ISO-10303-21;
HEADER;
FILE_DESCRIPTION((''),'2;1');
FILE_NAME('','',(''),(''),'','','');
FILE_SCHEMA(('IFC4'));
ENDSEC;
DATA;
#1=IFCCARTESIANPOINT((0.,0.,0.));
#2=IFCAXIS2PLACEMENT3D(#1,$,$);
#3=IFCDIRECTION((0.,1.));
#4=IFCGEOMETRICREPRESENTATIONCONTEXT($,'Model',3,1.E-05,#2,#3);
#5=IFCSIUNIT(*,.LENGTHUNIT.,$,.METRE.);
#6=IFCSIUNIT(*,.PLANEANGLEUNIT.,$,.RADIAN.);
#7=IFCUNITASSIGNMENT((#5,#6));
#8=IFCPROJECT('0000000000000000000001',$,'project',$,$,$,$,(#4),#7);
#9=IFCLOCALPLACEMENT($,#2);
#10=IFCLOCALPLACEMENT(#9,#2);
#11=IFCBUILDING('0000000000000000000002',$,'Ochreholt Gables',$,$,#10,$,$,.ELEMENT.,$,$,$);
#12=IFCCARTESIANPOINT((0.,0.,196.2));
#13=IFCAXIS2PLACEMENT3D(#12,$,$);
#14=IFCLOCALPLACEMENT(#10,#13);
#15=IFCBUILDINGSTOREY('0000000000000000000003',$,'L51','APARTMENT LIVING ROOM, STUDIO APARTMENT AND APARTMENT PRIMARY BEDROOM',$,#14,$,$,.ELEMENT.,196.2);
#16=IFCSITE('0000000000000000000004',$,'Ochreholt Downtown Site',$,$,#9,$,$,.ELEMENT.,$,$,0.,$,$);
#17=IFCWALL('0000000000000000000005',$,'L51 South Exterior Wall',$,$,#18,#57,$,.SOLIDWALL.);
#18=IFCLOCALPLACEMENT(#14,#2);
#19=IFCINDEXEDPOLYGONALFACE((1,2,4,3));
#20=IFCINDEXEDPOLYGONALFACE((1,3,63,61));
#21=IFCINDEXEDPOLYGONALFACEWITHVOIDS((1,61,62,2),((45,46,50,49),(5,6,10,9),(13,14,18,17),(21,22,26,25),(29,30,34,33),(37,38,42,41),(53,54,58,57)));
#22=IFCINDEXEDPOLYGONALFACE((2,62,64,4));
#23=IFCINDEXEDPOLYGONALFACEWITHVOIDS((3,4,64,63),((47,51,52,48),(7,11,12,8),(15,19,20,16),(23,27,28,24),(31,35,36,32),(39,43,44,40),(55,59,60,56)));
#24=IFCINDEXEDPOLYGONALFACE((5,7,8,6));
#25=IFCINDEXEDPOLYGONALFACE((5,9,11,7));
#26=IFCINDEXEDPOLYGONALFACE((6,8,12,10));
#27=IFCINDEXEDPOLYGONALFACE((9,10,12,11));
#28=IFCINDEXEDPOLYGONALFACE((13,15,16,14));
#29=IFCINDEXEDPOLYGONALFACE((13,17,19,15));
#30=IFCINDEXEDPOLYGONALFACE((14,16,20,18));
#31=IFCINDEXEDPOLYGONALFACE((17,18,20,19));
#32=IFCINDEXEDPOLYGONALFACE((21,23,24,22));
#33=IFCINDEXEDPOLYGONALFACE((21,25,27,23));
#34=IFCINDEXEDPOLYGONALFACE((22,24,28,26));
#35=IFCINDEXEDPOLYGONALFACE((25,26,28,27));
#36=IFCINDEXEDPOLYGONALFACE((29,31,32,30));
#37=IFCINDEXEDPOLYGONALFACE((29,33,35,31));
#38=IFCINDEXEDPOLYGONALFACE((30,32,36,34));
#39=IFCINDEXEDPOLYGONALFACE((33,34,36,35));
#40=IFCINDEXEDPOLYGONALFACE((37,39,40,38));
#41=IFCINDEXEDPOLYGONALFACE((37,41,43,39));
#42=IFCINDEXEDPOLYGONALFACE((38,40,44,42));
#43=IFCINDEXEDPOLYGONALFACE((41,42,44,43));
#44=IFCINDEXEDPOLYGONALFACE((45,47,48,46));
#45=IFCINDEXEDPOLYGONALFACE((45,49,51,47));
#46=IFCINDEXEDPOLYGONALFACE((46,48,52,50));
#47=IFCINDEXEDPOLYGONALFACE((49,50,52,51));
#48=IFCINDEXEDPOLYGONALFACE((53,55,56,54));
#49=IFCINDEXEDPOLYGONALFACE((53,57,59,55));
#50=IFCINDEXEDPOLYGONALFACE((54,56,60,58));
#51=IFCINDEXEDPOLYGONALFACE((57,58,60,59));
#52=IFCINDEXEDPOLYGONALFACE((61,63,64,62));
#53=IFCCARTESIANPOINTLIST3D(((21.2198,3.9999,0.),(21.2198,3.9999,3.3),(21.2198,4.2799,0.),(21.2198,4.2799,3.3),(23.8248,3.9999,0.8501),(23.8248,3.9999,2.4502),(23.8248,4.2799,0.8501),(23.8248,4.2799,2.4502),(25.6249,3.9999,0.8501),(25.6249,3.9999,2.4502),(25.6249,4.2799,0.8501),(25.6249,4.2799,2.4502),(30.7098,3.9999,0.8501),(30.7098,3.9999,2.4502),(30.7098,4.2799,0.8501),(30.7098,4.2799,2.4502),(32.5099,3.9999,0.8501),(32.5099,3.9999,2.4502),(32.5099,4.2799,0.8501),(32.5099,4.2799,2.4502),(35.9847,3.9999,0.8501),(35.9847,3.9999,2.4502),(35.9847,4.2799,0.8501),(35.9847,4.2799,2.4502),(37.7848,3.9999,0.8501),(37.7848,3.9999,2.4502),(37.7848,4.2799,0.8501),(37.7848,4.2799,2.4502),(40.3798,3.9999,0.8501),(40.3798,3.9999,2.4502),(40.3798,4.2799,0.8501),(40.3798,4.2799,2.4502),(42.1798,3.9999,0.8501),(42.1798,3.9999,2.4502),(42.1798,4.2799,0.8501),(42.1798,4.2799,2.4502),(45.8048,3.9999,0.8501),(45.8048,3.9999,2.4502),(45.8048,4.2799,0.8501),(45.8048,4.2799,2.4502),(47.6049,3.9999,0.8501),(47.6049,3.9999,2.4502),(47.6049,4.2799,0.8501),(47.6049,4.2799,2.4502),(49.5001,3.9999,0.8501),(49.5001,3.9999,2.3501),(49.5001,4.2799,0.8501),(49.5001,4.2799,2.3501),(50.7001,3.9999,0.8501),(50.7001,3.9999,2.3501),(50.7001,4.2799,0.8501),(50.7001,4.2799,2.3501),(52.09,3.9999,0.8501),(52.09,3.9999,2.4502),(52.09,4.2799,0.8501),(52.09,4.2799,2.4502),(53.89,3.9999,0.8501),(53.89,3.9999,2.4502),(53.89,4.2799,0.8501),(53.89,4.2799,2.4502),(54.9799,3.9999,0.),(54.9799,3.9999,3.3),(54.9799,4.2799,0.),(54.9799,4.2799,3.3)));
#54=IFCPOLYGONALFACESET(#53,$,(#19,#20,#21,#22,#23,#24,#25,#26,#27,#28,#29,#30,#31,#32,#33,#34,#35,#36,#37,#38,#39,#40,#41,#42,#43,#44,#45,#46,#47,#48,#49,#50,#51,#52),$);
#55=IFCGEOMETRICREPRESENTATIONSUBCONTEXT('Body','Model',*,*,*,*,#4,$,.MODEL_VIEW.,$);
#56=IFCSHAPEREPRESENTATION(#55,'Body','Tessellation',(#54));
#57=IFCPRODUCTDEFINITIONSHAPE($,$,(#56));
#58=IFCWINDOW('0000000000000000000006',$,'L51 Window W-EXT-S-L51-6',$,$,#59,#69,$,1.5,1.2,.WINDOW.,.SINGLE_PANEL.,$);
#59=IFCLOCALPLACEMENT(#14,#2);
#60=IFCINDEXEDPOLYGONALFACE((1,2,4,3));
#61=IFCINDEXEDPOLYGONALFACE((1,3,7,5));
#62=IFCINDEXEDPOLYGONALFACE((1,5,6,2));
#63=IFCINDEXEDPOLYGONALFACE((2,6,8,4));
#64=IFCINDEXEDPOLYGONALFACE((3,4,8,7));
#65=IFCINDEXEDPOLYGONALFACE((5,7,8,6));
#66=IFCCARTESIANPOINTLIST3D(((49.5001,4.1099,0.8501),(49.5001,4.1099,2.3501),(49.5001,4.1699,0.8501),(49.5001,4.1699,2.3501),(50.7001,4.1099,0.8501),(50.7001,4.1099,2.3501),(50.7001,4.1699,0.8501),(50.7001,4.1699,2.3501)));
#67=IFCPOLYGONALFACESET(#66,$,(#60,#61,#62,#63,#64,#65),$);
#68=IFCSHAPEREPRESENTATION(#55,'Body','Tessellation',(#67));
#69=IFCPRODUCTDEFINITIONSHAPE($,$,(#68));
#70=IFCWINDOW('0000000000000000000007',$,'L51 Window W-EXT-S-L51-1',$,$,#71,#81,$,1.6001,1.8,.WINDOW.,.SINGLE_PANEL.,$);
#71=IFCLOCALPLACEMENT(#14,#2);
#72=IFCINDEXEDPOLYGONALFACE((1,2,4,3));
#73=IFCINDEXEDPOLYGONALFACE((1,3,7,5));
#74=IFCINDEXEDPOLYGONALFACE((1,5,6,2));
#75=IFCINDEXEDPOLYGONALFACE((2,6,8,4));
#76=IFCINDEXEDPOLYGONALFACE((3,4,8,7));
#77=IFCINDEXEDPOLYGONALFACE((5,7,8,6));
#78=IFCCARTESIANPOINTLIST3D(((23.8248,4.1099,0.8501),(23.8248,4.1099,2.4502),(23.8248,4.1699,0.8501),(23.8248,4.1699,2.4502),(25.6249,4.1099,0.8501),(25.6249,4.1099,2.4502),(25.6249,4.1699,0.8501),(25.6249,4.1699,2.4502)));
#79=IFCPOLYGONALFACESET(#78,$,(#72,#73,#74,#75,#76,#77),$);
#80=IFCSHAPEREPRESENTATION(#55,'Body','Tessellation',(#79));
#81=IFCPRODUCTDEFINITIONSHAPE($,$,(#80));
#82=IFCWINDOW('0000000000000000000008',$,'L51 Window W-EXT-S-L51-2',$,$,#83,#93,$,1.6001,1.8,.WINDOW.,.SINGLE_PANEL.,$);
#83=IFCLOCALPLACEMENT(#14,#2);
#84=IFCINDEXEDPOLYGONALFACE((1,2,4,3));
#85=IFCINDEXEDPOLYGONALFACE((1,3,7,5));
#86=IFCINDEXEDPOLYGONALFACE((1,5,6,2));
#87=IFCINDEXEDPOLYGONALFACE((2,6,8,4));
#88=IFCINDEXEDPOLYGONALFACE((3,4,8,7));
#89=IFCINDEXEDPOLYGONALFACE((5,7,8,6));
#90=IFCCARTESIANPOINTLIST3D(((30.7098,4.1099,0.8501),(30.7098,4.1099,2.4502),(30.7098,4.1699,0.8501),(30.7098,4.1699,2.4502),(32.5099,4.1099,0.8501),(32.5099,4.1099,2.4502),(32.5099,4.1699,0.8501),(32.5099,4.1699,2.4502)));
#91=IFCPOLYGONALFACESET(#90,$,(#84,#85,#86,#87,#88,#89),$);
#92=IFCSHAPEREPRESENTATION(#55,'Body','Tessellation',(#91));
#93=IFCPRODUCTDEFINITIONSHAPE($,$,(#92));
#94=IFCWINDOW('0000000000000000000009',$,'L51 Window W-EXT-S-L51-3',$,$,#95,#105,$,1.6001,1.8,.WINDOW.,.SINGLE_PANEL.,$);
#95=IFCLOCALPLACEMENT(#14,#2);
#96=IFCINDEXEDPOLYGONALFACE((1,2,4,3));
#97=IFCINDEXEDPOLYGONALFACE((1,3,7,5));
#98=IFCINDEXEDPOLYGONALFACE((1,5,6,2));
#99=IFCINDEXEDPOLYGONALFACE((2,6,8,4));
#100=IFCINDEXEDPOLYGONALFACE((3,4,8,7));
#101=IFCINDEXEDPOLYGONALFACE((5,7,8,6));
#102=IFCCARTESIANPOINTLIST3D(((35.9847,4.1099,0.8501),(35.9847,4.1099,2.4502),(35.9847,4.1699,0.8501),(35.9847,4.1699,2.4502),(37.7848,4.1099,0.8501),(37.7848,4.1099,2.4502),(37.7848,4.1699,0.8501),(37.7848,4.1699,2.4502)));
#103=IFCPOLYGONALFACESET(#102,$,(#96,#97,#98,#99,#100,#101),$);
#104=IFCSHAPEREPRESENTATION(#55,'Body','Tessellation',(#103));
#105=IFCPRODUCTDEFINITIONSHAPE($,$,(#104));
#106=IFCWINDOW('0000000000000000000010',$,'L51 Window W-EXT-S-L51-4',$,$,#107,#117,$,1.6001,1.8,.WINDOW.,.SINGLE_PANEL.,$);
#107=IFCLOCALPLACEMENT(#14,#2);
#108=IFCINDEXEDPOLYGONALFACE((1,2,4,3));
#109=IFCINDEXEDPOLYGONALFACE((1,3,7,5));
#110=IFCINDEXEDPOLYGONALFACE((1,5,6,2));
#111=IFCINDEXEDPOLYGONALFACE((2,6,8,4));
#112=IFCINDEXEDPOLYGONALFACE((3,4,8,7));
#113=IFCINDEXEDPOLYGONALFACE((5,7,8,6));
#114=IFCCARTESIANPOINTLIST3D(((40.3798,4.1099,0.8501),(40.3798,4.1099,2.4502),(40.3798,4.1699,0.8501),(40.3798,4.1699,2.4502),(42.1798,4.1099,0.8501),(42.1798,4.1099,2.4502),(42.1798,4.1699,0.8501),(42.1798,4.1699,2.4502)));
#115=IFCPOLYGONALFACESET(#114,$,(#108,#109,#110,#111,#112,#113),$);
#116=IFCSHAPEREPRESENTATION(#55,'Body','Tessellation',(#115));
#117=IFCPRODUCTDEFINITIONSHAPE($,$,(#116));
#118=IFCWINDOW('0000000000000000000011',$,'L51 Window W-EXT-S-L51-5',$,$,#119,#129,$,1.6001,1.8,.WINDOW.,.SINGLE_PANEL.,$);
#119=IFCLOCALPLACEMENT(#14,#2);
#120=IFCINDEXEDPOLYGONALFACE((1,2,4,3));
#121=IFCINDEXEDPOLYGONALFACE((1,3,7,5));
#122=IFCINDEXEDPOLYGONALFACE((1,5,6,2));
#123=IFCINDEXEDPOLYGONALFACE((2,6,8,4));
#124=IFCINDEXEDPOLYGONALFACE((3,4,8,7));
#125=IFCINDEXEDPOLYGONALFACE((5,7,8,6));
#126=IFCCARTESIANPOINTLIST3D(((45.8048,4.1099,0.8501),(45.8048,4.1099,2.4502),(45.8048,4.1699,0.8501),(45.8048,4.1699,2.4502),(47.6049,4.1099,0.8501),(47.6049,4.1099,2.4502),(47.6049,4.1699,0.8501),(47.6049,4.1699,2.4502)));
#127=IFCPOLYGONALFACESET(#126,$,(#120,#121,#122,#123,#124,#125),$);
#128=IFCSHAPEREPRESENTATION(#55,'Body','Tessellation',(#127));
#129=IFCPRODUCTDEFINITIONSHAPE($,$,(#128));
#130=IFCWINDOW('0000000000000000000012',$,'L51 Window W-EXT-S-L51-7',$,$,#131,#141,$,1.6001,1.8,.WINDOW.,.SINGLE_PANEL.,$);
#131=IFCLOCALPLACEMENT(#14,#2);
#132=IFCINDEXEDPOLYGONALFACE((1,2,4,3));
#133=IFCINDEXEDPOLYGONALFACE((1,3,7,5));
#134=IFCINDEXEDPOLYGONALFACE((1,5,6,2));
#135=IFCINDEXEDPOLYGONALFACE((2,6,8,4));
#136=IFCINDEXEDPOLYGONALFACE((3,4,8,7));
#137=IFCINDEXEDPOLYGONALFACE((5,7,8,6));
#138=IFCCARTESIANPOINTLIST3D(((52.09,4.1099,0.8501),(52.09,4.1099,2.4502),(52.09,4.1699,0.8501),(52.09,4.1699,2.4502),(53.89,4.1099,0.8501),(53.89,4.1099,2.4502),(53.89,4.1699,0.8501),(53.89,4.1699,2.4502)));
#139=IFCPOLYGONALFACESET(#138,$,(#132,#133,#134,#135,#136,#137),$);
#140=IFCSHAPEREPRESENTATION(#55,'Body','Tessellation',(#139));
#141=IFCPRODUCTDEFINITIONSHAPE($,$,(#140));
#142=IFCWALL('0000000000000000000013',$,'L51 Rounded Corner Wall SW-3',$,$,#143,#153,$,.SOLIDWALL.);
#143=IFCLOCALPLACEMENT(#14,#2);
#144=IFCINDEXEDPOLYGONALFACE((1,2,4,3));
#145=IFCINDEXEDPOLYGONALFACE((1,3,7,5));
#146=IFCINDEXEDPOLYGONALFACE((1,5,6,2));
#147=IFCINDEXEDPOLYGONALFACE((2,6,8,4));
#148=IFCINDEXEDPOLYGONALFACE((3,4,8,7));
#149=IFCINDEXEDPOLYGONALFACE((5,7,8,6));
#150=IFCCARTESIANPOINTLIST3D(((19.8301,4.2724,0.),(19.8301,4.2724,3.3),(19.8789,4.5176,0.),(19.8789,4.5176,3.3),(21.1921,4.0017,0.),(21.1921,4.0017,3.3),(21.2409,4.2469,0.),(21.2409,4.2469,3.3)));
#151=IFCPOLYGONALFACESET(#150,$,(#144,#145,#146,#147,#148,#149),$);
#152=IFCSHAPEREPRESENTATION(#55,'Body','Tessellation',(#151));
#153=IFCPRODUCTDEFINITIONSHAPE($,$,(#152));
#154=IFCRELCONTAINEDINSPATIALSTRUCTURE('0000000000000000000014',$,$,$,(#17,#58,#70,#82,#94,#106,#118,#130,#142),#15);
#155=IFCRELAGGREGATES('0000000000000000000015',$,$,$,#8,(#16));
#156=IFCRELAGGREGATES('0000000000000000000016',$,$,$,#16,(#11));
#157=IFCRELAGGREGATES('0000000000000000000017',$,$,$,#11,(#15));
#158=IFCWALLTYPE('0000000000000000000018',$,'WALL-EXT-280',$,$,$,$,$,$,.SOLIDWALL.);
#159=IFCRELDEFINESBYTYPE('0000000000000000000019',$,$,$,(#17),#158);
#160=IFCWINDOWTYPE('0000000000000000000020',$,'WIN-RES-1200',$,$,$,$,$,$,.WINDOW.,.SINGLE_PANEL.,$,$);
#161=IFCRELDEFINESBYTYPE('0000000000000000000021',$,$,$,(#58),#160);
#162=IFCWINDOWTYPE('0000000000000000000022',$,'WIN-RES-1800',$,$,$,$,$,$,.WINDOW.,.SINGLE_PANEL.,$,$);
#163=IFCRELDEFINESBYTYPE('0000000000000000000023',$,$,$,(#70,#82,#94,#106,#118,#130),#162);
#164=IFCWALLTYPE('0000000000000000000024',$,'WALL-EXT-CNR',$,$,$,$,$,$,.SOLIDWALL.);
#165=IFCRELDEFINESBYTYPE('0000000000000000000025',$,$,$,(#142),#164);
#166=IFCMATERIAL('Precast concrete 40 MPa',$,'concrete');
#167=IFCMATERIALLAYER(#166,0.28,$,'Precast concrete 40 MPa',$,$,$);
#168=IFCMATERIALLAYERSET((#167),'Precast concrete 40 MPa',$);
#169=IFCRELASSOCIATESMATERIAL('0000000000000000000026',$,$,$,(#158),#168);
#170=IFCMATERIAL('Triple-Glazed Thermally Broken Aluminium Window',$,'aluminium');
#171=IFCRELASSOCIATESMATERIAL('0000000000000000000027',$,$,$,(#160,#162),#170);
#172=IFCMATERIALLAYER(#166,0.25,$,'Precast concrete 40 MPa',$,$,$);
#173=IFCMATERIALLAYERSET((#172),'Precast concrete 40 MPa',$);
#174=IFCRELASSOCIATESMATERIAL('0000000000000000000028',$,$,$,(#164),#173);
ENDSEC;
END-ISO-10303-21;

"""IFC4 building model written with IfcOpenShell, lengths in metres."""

from ifc_helpers import new_model, si_unit, direction, frame, frame_2d, origin, place, context, subcontext, project, spatial, rectangle, extrude, material, layer, layer_set, type_object, element, fill, save


model = new_model("IFC4")

# Units and contexts
model_context = context("Model", 3, precision=1e-05, world=origin(), true_north=direction((0.0, 1.0)))
body_context = subcontext(model_context, "Body", "Model", "MODEL_VIEW")
ifc_project = project(units=[si_unit("LENGTHUNIT", "METRE"), si_unit("PLANEANGLEUNIT", "RADIAN")], contexts=[model_context])

# Site, building, storey
site_placement = place(None, origin())
site = spatial("IfcSite", under=ifc_project, at=site_placement, Name="Ochreholt Downtown Site", CompositionType="ELEMENT", RefElevation=0.0)
building_placement = place(site_placement, origin())
building = spatial("IfcBuilding", under=site, at=building_placement, Name="Ochreholt Gables", CompositionType="ELEMENT")
storey_placement = place(building_placement, frame((0.0, 0.0, 196.2)))
storey = spatial("IfcBuildingStorey", under=building, at=storey_placement, Name="L51", Description="APARTMENT LIVING ROOM, STUDIO APARTMENT AND APARTMENT PRIMARY BEDROOM", CompositionType="ELEMENT", Elevation=196.2)

# Wall, openings, windows
ifc_material_1 = material(Name="Precast concrete 40 MPa", Category="concrete")
ifc_layer_1 = layer(ifc_material_1, 0.28, Name="Precast concrete 40 MPa")
ifc_layer_set_1 = layer_set([ifc_layer_1], Name="Precast concrete 40 MPa")
wall_type_1 = type_object("IfcWallType", Name="WALL-EXT-280", PredefinedType="SOLIDWALL", material=ifc_layer_set_1)
wall_1_placement = place(storey_placement, frame((21.22, 4.1399, 0.0), z_axis=(0.0, 0.0, 1.0), x_axis=(1.0, 0.0, 0.0)))
wall_1 = element("IfcWall", 1, at=wall_1_placement, inside=storey, type_object=wall_type_1, Name="L51 South Exterior Wall", PredefinedType="SOLIDWALL", context=body_context, shape_type="SweptSolid", body=[
    extrude(rectangle(XDim=33.76, YDim=0.28, at=frame_2d((16.8799, 0.0))), origin(), (0.0, 0.0, 1.0), 3.3),
])
opening_1_placement = place(wall_1_placement, frame((2.605, 0.0, 0.8501)))
opening_1 = element("IfcOpeningElement", 2, at=opening_1_placement, cuts=wall_1, PredefinedType="OPENING", context=body_context, shape_type="SweptSolid", body=[
    extrude(rectangle(XDim=1.8, YDim=1.6001, at=frame_2d((0.8999, 0.8))), frame((0.0, 0.1499, 0.0), z_axis=(0.0, -1.0, 0.0), x_axis=(1.0, 0.0, 0.0)), (0.0, 0.0, 1.0), 0.3),
])
opening_2_placement = place(wall_1_placement, frame((9.49, 0.0, 0.8501)))
opening_2 = element("IfcOpeningElement", 3, at=opening_2_placement, cuts=wall_1, PredefinedType="OPENING", context=body_context, shape_type="SweptSolid", body=[
    extrude(rectangle(XDim=1.8, YDim=1.6001, at=frame_2d((0.8999, 0.8))), frame((0.0, 0.1499, 0.0), z_axis=(0.0, -1.0, 0.0), x_axis=(1.0, 0.0, 0.0)), (0.0, 0.0, 1.0), 0.3),
])
opening_3_placement = place(wall_1_placement, frame((14.7649, 0.0, 0.8501)))
opening_3 = element("IfcOpeningElement", 4, at=opening_3_placement, cuts=wall_1, PredefinedType="OPENING", context=body_context, shape_type="SweptSolid", body=[
    extrude(rectangle(XDim=1.8, YDim=1.6001, at=frame_2d((0.8999, 0.8))), frame((0.0, 0.1499, 0.0), z_axis=(0.0, -1.0, 0.0), x_axis=(1.0, 0.0, 0.0)), (0.0, 0.0, 1.0), 0.3),
])
opening_4_placement = place(wall_1_placement, frame((19.1599, 0.0, 0.8501)))
opening_4 = element("IfcOpeningElement", 5, at=opening_4_placement, cuts=wall_1, PredefinedType="OPENING", context=body_context, shape_type="SweptSolid", body=[
    extrude(rectangle(XDim=1.8, YDim=1.6001, at=frame_2d((0.8999, 0.8))), frame((0.0, 0.1499, 0.0), z_axis=(0.0, -1.0, 0.0), x_axis=(1.0, 0.0, 0.0)), (0.0, 0.0, 1.0), 0.3),
])
opening_5_placement = place(wall_1_placement, frame((24.585, 0.0, 0.8501)))
opening_5 = element("IfcOpeningElement", 6, at=opening_5_placement, cuts=wall_1, PredefinedType="OPENING", context=body_context, shape_type="SweptSolid", body=[
    extrude(rectangle(XDim=1.8, YDim=1.6001, at=frame_2d((0.8999, 0.8))), frame((0.0, 0.1499, 0.0), z_axis=(0.0, -1.0, 0.0), x_axis=(1.0, 0.0, 0.0)), (0.0, 0.0, 1.0), 0.3),
])
opening_6_placement = place(wall_1_placement, frame((28.28, 0.0, 0.8501)))
opening_6 = element("IfcOpeningElement", 7, at=opening_6_placement, cuts=wall_1, PredefinedType="OPENING", context=body_context, shape_type="SweptSolid", body=[
    extrude(rectangle(XDim=1.2, YDim=1.5, at=frame_2d((0.6001, 0.75))), frame((0.0, 0.1499, 0.0), z_axis=(0.0, -1.0, 0.0), x_axis=(1.0, 0.0, 0.0)), (0.0, 0.0, 1.0), 0.3),
])
opening_7_placement = place(wall_1_placement, frame((30.8701, 0.0, 0.8501)))
opening_7 = element("IfcOpeningElement", 8, at=opening_7_placement, cuts=wall_1, PredefinedType="OPENING", context=body_context, shape_type="SweptSolid", body=[
    extrude(rectangle(XDim=1.8, YDim=1.6001, at=frame_2d((0.8999, 0.8))), frame((0.0, 0.1499, 0.0), z_axis=(0.0, -1.0, 0.0), x_axis=(1.0, 0.0, 0.0)), (0.0, 0.0, 1.0), 0.3),
])
ifc_material_2 = material(Name="Triple-Glazed Thermally Broken Aluminium Window", Category="aluminium")
window_type_1 = type_object("IfcWindowType", Name="WIN-RES-1200", PartitioningType="SINGLE_PANEL", PredefinedType="WINDOW", material=ifc_material_2)
window_1_placement = place(opening_6_placement, origin())
window_1 = element("IfcWindow", 9, at=window_1_placement, inside=storey, type_object=window_type_1, Name="L51 Window W-EXT-S-L51-6", OverallHeight=1.5, OverallWidth=1.2, PartitioningType="SINGLE_PANEL", PredefinedType="WINDOW", context=body_context, shape_type="SweptSolid", body=[
    extrude(rectangle(XDim=1.2, YDim=1.5, at=frame_2d((0.6001, 0.75))), frame((0.0, 0.03, 0.0), z_axis=(0.0, -1.0, 0.0), x_axis=(1.0, 0.0, 0.0)), (0.0, 0.0, 1.0), 0.0601),
])
fill(opening_6, window_1)
window_type_2 = type_object("IfcWindowType", Name="WIN-RES-1800", PartitioningType="SINGLE_PANEL", PredefinedType="WINDOW", material=ifc_material_2)
window_2_placement = place(opening_1_placement, origin())
window_2 = element("IfcWindow", 10, at=window_2_placement, inside=storey, type_object=window_type_2, Name="L51 Window W-EXT-S-L51-1", OverallHeight=1.6001, OverallWidth=1.8, PartitioningType="SINGLE_PANEL", PredefinedType="WINDOW", context=body_context, shape_type="SweptSolid", body=[
    extrude(rectangle(XDim=1.8, YDim=1.6001, at=frame_2d((0.8999, 0.8))), frame((0.0, 0.03, 0.0), z_axis=(0.0, -1.0, 0.0), x_axis=(1.0, 0.0, 0.0)), (0.0, 0.0, 1.0), 0.0601),
])
fill(opening_1, window_2)
window_3_placement = place(opening_2_placement, origin())
window_3 = element("IfcWindow", 11, at=window_3_placement, inside=storey, type_object=window_type_2, Name="L51 Window W-EXT-S-L51-2", OverallHeight=1.6001, OverallWidth=1.8, PartitioningType="SINGLE_PANEL", PredefinedType="WINDOW", context=body_context, shape_type="SweptSolid", body=[
    extrude(rectangle(XDim=1.8, YDim=1.6001, at=frame_2d((0.8999, 0.8))), frame((0.0, 0.03, 0.0), z_axis=(0.0, -1.0, 0.0), x_axis=(1.0, 0.0, 0.0)), (0.0, 0.0, 1.0), 0.0601),
])
fill(opening_2, window_3)
window_4_placement = place(opening_3_placement, origin())
window_4 = element("IfcWindow", 12, at=window_4_placement, inside=storey, type_object=window_type_2, Name="L51 Window W-EXT-S-L51-3", OverallHeight=1.6001, OverallWidth=1.8, PartitioningType="SINGLE_PANEL", PredefinedType="WINDOW", context=body_context, shape_type="SweptSolid", body=[
    extrude(rectangle(XDim=1.8, YDim=1.6001, at=frame_2d((0.8999, 0.8))), frame((0.0, 0.03, 0.0), z_axis=(0.0, -1.0, 0.0), x_axis=(1.0, 0.0, 0.0)), (0.0, 0.0, 1.0), 0.0601),
])
fill(opening_3, window_4)
window_5_placement = place(opening_4_placement, origin())
window_5 = element("IfcWindow", 13, at=window_5_placement, inside=storey, type_object=window_type_2, Name="L51 Window W-EXT-S-L51-4", OverallHeight=1.6001, OverallWidth=1.8, PartitioningType="SINGLE_PANEL", PredefinedType="WINDOW", context=body_context, shape_type="SweptSolid", body=[
    extrude(rectangle(XDim=1.8, YDim=1.6001, at=frame_2d((0.8999, 0.8))), frame((0.0, 0.03, 0.0), z_axis=(0.0, -1.0, 0.0), x_axis=(1.0, 0.0, 0.0)), (0.0, 0.0, 1.0), 0.0601),
])
fill(opening_4, window_5)
window_6_placement = place(opening_5_placement, origin())
window_6 = element("IfcWindow", 14, at=window_6_placement, inside=storey, type_object=window_type_2, Name="L51 Window W-EXT-S-L51-5", OverallHeight=1.6001, OverallWidth=1.8, PartitioningType="SINGLE_PANEL", PredefinedType="WINDOW", context=body_context, shape_type="SweptSolid", body=[
    extrude(rectangle(XDim=1.8, YDim=1.6001, at=frame_2d((0.8999, 0.8))), frame((0.0, 0.03, 0.0), z_axis=(0.0, -1.0, 0.0), x_axis=(1.0, 0.0, 0.0)), (0.0, 0.0, 1.0), 0.0601),
])
fill(opening_5, window_6)
window_7_placement = place(opening_7_placement, origin())
window_7 = element("IfcWindow", 15, at=window_7_placement, inside=storey, type_object=window_type_2, Name="L51 Window W-EXT-S-L51-7", OverallHeight=1.6001, OverallWidth=1.8, PartitioningType="SINGLE_PANEL", PredefinedType="WINDOW", context=body_context, shape_type="SweptSolid", body=[
    extrude(rectangle(XDim=1.8, YDim=1.6001, at=frame_2d((0.8999, 0.8))), frame((0.0, 0.03, 0.0), z_axis=(0.0, -1.0, 0.0), x_axis=(1.0, 0.0, 0.0)), (0.0, 0.0, 1.0), 0.0601),
])
fill(opening_7, window_7)

# Wall
ifc_layer_2 = layer(ifc_material_1, 0.25, Name="Precast concrete 40 MPa")
ifc_layer_set_2 = layer_set([ifc_layer_2], Name="Precast concrete 40 MPa")
wall_type_2 = type_object("IfcWallType", Name="WALL-EXT-CNR", PredefinedType="SOLIDWALL", material=ifc_layer_set_2)
wall_2_placement = place(storey_placement, frame((19.8545, 4.395, 0.0), z_axis=(0.0, 0.0, 1.0), x_axis=(0.98081, -0.194967, 0.0)))
element("IfcWall", 16, at=wall_2_placement, inside=storey, type_object=wall_type_2, Name="L51 Rounded Corner Wall SW-3", PredefinedType="SOLIDWALL", context=body_context, shape_type="SweptSolid", body=[
    extrude(rectangle(XDim=1.3887, YDim=0.25, at=frame_2d((0.6943, 0.0))), origin(), (0.0, 0.0, 1.0), 3.3),
])

save(model, "model.ifc")
